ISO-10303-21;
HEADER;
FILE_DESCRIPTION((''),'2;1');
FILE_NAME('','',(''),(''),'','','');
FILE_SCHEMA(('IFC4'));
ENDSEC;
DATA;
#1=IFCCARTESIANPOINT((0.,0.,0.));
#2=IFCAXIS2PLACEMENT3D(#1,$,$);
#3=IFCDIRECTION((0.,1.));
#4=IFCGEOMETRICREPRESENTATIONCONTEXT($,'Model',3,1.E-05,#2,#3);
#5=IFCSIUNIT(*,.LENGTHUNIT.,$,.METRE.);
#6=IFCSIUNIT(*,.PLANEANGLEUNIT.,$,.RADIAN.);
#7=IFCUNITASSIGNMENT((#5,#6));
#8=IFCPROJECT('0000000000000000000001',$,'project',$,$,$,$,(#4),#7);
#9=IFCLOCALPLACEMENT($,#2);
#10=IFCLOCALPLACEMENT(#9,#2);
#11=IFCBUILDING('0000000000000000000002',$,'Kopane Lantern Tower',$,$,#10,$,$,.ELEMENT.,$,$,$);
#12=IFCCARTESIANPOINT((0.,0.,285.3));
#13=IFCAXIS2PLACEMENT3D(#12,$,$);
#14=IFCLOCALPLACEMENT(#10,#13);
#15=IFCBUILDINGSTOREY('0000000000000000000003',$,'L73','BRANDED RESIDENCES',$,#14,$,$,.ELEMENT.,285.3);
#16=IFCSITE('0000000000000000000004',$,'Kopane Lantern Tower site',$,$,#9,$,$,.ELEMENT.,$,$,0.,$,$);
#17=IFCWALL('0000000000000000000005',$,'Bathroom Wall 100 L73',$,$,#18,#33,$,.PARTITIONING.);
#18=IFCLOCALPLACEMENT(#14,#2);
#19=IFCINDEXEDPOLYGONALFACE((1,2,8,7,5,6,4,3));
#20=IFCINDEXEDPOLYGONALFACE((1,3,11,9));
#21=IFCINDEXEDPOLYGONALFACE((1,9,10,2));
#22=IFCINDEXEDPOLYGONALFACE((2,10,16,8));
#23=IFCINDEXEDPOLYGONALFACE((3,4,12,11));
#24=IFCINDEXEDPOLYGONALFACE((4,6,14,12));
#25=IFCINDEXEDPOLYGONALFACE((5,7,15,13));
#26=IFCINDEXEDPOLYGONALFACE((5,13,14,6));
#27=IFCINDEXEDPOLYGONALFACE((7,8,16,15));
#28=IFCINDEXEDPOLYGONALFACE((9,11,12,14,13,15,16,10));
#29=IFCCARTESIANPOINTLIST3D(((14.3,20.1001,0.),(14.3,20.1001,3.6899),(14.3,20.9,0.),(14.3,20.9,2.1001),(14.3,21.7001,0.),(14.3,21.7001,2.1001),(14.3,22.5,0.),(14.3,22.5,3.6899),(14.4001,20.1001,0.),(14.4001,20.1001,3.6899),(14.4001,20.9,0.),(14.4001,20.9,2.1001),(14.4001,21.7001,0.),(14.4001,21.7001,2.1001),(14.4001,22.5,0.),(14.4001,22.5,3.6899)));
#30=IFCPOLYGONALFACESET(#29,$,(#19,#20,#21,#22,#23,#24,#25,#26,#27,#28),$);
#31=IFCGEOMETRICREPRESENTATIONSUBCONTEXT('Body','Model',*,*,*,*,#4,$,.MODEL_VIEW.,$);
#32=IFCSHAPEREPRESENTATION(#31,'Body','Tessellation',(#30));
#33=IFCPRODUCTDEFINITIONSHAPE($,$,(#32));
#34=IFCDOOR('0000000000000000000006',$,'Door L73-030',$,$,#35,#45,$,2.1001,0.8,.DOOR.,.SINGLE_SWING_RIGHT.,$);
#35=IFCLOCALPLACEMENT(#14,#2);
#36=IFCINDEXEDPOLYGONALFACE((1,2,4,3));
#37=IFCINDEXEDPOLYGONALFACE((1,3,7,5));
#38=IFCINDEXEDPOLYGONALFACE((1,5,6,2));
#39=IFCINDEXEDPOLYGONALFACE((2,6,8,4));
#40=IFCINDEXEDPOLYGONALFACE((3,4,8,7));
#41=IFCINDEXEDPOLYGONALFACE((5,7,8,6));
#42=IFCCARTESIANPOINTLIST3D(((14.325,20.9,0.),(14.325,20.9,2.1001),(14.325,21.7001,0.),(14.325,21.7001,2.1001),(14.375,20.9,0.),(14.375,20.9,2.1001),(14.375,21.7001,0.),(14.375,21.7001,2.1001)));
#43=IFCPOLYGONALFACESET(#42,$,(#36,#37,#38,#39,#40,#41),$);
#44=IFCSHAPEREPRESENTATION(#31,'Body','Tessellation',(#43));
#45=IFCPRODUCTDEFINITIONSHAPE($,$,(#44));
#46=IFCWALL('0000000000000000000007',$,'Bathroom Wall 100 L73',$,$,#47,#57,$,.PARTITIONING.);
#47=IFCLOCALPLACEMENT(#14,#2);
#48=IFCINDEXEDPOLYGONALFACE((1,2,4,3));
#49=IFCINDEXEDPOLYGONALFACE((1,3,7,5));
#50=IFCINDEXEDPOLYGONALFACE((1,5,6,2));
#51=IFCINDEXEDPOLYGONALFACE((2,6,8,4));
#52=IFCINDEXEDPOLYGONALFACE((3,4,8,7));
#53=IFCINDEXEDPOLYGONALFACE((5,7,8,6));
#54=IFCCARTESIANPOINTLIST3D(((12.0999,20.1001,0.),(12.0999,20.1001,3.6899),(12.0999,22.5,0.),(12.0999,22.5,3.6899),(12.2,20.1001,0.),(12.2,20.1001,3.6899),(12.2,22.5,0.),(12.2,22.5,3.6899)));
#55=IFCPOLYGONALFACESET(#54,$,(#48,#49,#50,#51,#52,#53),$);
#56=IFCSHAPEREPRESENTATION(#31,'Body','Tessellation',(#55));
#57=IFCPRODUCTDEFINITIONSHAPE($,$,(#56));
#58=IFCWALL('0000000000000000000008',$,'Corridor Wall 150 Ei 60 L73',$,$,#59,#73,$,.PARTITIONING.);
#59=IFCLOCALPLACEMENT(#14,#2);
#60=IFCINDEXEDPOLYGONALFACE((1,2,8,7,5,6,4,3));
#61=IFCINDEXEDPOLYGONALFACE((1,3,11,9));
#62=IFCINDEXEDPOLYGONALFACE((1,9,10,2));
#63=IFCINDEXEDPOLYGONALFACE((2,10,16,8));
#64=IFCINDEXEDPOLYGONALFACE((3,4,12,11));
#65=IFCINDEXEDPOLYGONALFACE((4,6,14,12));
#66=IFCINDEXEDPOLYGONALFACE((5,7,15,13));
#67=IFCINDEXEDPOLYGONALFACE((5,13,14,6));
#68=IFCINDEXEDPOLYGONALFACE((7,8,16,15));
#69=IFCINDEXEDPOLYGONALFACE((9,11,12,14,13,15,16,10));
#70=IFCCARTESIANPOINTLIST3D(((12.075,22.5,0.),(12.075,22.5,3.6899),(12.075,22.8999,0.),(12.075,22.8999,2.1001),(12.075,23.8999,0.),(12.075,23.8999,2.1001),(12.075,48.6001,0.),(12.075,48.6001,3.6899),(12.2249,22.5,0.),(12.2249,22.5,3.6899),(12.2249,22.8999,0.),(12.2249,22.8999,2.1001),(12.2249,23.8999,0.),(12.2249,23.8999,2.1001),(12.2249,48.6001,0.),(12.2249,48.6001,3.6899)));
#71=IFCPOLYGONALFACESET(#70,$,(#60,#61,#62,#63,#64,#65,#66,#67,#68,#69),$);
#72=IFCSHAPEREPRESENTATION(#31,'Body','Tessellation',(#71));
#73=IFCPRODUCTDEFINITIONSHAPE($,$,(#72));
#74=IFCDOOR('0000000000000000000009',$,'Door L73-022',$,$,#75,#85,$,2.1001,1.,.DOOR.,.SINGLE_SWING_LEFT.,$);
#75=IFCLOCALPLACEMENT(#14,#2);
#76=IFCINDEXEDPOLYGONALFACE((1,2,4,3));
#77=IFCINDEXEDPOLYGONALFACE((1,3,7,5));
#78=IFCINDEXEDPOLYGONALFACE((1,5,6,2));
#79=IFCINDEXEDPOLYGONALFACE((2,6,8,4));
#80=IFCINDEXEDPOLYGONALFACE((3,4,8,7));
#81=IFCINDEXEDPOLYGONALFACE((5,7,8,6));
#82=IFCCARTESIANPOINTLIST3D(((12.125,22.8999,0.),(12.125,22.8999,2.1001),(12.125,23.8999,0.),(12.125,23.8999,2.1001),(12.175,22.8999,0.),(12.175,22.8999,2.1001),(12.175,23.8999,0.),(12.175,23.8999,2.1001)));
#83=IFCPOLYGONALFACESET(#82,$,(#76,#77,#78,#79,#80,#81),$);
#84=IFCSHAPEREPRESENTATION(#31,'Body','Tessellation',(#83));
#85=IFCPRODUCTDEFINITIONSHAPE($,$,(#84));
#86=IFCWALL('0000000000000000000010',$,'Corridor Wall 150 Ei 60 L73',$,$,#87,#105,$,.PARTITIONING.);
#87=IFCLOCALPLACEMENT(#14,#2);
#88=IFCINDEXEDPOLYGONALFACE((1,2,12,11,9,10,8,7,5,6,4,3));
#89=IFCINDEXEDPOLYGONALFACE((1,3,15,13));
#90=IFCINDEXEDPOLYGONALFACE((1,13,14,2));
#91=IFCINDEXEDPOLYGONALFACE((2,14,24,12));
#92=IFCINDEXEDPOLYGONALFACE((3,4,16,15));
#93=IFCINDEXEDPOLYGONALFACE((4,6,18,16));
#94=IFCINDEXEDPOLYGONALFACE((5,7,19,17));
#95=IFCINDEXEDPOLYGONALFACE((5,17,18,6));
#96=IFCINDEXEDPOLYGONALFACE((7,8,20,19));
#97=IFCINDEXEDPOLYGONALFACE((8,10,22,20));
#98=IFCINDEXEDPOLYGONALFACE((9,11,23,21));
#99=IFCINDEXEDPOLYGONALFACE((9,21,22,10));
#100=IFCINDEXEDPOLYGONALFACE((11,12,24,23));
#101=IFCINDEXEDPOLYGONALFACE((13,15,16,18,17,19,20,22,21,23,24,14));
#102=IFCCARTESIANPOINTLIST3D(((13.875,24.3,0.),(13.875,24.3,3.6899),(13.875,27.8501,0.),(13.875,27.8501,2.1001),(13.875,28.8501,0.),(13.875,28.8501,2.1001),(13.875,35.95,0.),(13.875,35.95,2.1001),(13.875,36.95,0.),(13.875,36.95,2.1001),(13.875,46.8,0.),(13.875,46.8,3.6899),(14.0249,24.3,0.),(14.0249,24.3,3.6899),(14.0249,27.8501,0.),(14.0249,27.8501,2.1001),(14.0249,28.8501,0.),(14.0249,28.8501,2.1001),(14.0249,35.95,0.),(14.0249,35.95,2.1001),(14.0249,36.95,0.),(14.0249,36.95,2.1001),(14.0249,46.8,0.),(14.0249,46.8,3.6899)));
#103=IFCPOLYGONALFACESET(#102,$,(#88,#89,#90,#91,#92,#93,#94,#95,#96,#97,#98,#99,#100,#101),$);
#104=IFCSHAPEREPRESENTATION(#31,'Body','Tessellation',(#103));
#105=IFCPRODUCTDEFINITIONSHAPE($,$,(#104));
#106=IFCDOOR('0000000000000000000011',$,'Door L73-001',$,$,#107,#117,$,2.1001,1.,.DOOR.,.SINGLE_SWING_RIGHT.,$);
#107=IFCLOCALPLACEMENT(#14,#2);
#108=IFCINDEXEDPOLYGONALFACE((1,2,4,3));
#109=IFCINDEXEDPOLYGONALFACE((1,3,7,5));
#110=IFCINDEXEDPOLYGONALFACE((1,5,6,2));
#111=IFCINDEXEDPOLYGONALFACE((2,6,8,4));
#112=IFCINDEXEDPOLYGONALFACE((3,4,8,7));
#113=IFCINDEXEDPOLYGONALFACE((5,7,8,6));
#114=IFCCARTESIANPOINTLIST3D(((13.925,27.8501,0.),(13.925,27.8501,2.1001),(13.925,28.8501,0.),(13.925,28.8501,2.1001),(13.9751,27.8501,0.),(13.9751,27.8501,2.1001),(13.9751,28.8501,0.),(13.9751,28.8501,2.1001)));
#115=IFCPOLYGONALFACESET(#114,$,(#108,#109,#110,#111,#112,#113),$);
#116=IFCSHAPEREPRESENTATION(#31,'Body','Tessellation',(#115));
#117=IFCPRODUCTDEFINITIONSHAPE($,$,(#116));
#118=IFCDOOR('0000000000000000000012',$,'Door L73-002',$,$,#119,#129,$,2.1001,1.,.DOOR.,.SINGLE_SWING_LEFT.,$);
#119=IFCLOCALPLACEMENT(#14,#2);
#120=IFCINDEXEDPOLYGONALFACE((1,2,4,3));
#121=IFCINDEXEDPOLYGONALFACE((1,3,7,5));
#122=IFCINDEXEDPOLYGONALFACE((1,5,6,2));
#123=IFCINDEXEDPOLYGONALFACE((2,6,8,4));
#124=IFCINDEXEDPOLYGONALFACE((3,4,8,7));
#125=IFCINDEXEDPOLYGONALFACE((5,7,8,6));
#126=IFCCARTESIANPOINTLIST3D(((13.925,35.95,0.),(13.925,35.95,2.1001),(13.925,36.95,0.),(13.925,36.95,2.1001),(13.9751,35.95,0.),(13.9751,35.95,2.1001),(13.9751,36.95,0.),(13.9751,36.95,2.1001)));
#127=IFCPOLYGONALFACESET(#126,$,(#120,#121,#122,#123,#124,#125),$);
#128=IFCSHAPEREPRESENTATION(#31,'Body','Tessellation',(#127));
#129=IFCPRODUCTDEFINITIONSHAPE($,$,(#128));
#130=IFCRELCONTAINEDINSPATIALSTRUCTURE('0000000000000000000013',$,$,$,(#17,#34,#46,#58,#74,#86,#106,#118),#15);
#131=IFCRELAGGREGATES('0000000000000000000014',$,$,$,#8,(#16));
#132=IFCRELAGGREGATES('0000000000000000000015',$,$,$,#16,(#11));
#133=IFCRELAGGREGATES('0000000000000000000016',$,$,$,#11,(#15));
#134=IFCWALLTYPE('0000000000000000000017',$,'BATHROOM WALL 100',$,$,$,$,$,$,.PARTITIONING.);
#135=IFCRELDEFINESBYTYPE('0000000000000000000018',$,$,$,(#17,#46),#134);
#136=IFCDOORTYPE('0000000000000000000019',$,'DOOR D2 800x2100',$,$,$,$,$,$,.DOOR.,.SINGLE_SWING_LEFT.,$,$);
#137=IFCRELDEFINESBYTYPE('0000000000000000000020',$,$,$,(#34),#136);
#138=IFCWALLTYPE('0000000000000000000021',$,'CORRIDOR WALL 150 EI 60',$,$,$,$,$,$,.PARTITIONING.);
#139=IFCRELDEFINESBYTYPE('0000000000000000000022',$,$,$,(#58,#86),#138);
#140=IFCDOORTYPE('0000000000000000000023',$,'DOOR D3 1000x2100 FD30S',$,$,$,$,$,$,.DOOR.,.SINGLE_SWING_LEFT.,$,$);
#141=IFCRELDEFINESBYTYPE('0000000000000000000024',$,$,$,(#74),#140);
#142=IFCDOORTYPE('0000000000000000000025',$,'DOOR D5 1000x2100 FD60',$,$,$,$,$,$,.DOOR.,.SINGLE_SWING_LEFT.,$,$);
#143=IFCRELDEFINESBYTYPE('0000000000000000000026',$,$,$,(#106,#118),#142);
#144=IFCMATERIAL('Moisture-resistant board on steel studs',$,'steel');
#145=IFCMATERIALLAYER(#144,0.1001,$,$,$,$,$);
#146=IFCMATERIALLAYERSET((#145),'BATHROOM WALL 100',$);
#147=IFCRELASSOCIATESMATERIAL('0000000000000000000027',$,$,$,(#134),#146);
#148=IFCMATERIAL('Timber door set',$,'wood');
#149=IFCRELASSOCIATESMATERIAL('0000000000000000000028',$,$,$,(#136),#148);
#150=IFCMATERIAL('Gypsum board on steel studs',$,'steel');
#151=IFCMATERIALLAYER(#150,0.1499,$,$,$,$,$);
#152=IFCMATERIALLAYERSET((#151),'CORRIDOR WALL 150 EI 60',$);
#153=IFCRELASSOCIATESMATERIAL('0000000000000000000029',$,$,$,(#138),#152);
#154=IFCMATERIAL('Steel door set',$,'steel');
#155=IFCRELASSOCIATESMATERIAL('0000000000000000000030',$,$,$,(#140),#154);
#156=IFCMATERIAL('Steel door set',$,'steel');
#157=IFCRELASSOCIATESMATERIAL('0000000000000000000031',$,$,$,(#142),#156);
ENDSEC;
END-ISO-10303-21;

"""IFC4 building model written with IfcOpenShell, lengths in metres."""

from ifc_helpers import new_model, si_unit, direction, frame, frame_2d, origin, place, context, subcontext, project, spatial, rectangle, extrude, material, layer, layer_set, type_object, element, fill, save


model = new_model("IFC4")

# Units and contexts
model_context = context("Model", 3, precision=1e-05, world=origin(), true_north=direction((0.0, 1.0)))
body_context = subcontext(model_context, "Body", "Model", "MODEL_VIEW")
ifc_project = project(units=[si_unit("LENGTHUNIT", "METRE"), si_unit("PLANEANGLEUNIT", "RADIAN")], contexts=[model_context])

# Site, building, storey
site_placement = place(None, origin())
site = spatial("IfcSite", under=ifc_project, at=site_placement, Name="Kopane Lantern Tower site", CompositionType="ELEMENT", RefElevation=0.0)
building_placement = place(site_placement, origin())
building = spatial("IfcBuilding", under=site, at=building_placement, Name="Kopane Lantern Tower", CompositionType="ELEMENT")
storey_placement = place(building_placement, frame((0.0, 0.0, 285.3)))
storey = spatial("IfcBuildingStorey", under=building, at=storey_placement, Name="L73", Description="BRANDED RESIDENCES", CompositionType="ELEMENT", Elevation=285.3)

# Wall, opening, door
ifc_material_1 = material(Name="Moisture-resistant board on steel studs", Category="steel")
ifc_layer_1 = layer(ifc_material_1, 0.1001)
ifc_layer_set_1 = layer_set([ifc_layer_1], Name="BATHROOM WALL 100")
wall_type_1 = type_object("IfcWallType", Name="BATHROOM WALL 100", PredefinedType="PARTITIONING", material=ifc_layer_set_1)
wall_1_placement = place(storey_placement, frame((14.3501, 22.5, 0.0), z_axis=(0.0, 0.0, 1.0), x_axis=(0.0, -1.0, 0.0)))
wall_1 = element("IfcWall", 1, at=wall_1_placement, inside=storey, type_object=wall_type_1, Name="Bathroom Wall 100 L73", PredefinedType="PARTITIONING", context=body_context, shape_type="SweptSolid", body=[
    extrude(rectangle(XDim=2.3999, YDim=0.1001, at=frame_2d((1.2, 0.0))), origin(), (0.0, 0.0, 1.0), 3.6899),
])
opening_1_placement = place(wall_1_placement, frame((0.8, 0.0, 0.0)))
opening_1 = element("IfcOpeningElement", 2, at=opening_1_placement, cuts=wall_1, PredefinedType="OPENING", context=body_context, shape_type="SweptSolid", body=[
    extrude(rectangle(XDim=0.8, YDim=2.1001, at=frame_2d((0.3999, 1.05))), frame((0.0, 0.0601, 0.0), z_axis=(0.0, -1.0, 0.0), x_axis=(1.0, 0.0, 0.0)), (0.0, 0.0, 1.0), 0.1201),
])
ifc_material_2 = material(Name="Timber door set", Category="wood")
door_type_1 = type_object("IfcDoorType", Name="DOOR D2 800x2100", OperationType="SINGLE_SWING_LEFT", PredefinedType="DOOR", material=ifc_material_2)
door_1_placement = place(opening_1_placement, origin())
door_1 = element("IfcDoor", 3, at=door_1_placement, inside=storey, type_object=door_type_1, Name="Door L73-030", OperationType="SINGLE_SWING_RIGHT", OverallHeight=2.1001, OverallWidth=0.8, PredefinedType="DOOR", context=body_context, shape_type="SweptSolid", body=[
    extrude(rectangle(XDim=0.8, YDim=2.1001, at=frame_2d((0.3999, 1.05))), frame((0.0, 0.0249, 0.0), z_axis=(0.0, -1.0, 0.0), x_axis=(1.0, 0.0, 0.0)), (0.0, 0.0, 1.0), 0.05),
])
fill(opening_1, door_1)

# Wall
wall_2_placement = place(storey_placement, frame((12.1499, 22.5, 0.0), z_axis=(0.0, 0.0, 1.0), x_axis=(0.0, -1.0, 0.0)))
element("IfcWall", 4, at=wall_2_placement, inside=storey, type_object=wall_type_1, Name="Bathroom Wall 100 L73", PredefinedType="PARTITIONING", context=body_context, shape_type="SweptSolid", body=[
    extrude(rectangle(XDim=2.3999, YDim=0.1001, at=frame_2d((1.2, 0.0))), origin(), (0.0, 0.0, 1.0), 3.6899),
])

# Wall, opening, door
ifc_material_3 = material(Name="Gypsum board on steel studs", Category="steel")
ifc_layer_2 = layer(ifc_material_3, 0.1499)
ifc_layer_set_2 = layer_set([ifc_layer_2], Name="CORRIDOR WALL 150 EI 60")
wall_type_2 = type_object("IfcWallType", Name="CORRIDOR WALL 150 EI 60", PredefinedType="PARTITIONING", material=ifc_layer_set_2)
wall_3_placement = place(storey_placement, frame((12.1499, 22.5, 0.0), z_axis=(0.0, 0.0, 1.0), x_axis=(0.0, 1.0, 0.0)))
wall_3 = element("IfcWall", 5, at=wall_3_placement, inside=storey, type_object=wall_type_2, Name="Corridor Wall 150 Ei 60 L73", PredefinedType="PARTITIONING", context=body_context, shape_type="SweptSolid", body=[
    extrude(rectangle(XDim=26.1001, YDim=0.1499, at=frame_2d((13.05, 0.0))), origin(), (0.0, 0.0, 1.0), 3.6899),
])
opening_2_placement = place(wall_3_placement, frame((0.3999, 0.0, 0.0)))
opening_2 = element("IfcOpeningElement", 6, at=opening_2_placement, cuts=wall_3, PredefinedType="OPENING", context=body_context, shape_type="SweptSolid", body=[
    extrude(rectangle(XDim=1.0, YDim=2.1001, at=frame_2d((0.5, 1.05))), frame((0.0, 0.085, 0.0), z_axis=(0.0, -1.0, 0.0), x_axis=(1.0, 0.0, 0.0)), (0.0, 0.0, 1.0), 0.1699),
])
ifc_material_4 = material(Name="Steel door set", Category="steel")
door_type_2 = type_object("IfcDoorType", Name="DOOR D3 1000x2100 FD30S", OperationType="SINGLE_SWING_LEFT", PredefinedType="DOOR", material=ifc_material_4)
door_2_placement = place(opening_2_placement, origin())
door_2 = element("IfcDoor", 7, at=door_2_placement, inside=storey, type_object=door_type_2, Name="Door L73-022", OperationType="SINGLE_SWING_LEFT", OverallHeight=2.1001, OverallWidth=1.0, PredefinedType="DOOR", context=body_context, shape_type="SweptSolid", body=[
    extrude(rectangle(XDim=1.0, YDim=2.1001, at=frame_2d((0.5, 1.05))), frame((0.0, 0.0249, 0.0), z_axis=(0.0, -1.0, 0.0), x_axis=(1.0, 0.0, 0.0)), (0.0, 0.0, 1.0), 0.05),
])
fill(opening_2, door_2)

# Wall, openings, doors
wall_4_placement = place(storey_placement, frame((13.95, 24.3, 0.0), z_axis=(0.0, 0.0, 1.0), x_axis=(0.0, 1.0, 0.0)))
wall_4 = element("IfcWall", 8, at=wall_4_placement, inside=storey, type_object=wall_type_2, Name="Corridor Wall 150 Ei 60 L73", PredefinedType="PARTITIONING", context=body_context, shape_type="SweptSolid", body=[
    extrude(rectangle(XDim=22.5, YDim=0.1499, at=frame_2d((11.25, 0.0))), origin(), (0.0, 0.0, 1.0), 3.6899),
])
opening_3_placement = place(wall_4_placement, frame((3.55, 0.0, 0.0)))
opening_3 = element("IfcOpeningElement", 9, at=opening_3_placement, cuts=wall_4, PredefinedType="OPENING", context=body_context, shape_type="SweptSolid", body=[
    extrude(rectangle(XDim=1.0, YDim=2.1001, at=frame_2d((0.5, 1.05))), frame((0.0, 0.085, 0.0), z_axis=(0.0, -1.0, 0.0), x_axis=(1.0, 0.0, 0.0)), (0.0, 0.0, 1.0), 0.1699),
])
opening_4_placement = place(wall_4_placement, frame((11.6499, 0.0, 0.0)))
opening_4 = element("IfcOpeningElement", 10, at=opening_4_placement, cuts=wall_4, PredefinedType="OPENING", context=body_context, shape_type="SweptSolid", body=[
    extrude(rectangle(XDim=1.0, YDim=2.1001, at=frame_2d((0.5, 1.05))), frame((0.0, 0.085, 0.0), z_axis=(0.0, -1.0, 0.0), x_axis=(1.0, 0.0, 0.0)), (0.0, 0.0, 1.0), 0.1699),
])
ifc_material_5 = material(Name="Steel door set", Category="steel")
door_type_3 = type_object("IfcDoorType", Name="DOOR D5 1000x2100 FD60", OperationType="SINGLE_SWING_LEFT", PredefinedType="DOOR", material=ifc_material_5)
door_3_placement = place(opening_3_placement, origin())
door_3 = element("IfcDoor", 11, at=door_3_placement, inside=storey, type_object=door_type_3, Name="Door L73-001", OperationType="SINGLE_SWING_RIGHT", OverallHeight=2.1001, OverallWidth=1.0, PredefinedType="DOOR", context=body_context, shape_type="SweptSolid", body=[
    extrude(rectangle(XDim=1.0, YDim=2.1001, at=frame_2d((0.5, 1.05))), frame((0.0, 0.0249, 0.0), z_axis=(0.0, -1.0, 0.0), x_axis=(1.0, 0.0, 0.0)), (0.0, 0.0, 1.0), 0.05),
])
fill(opening_3, door_3)
door_4_placement = place(opening_4_placement, origin())
door_4 = element("IfcDoor", 12, at=door_4_placement, inside=storey, type_object=door_type_3, Name="Door L73-002", OperationType="SINGLE_SWING_LEFT", OverallHeight=2.1001, OverallWidth=1.0, PredefinedType="DOOR", context=body_context, shape_type="SweptSolid", body=[
    extrude(rectangle(XDim=1.0, YDim=2.1001, at=frame_2d((0.5, 1.05))), frame((0.0, 0.0249, 0.0), z_axis=(0.0, -1.0, 0.0), x_axis=(1.0, 0.0, 0.0)), (0.0, 0.0, 1.0), 0.05),
])
fill(opening_4, door_4)

save(model, "model.ifc")
